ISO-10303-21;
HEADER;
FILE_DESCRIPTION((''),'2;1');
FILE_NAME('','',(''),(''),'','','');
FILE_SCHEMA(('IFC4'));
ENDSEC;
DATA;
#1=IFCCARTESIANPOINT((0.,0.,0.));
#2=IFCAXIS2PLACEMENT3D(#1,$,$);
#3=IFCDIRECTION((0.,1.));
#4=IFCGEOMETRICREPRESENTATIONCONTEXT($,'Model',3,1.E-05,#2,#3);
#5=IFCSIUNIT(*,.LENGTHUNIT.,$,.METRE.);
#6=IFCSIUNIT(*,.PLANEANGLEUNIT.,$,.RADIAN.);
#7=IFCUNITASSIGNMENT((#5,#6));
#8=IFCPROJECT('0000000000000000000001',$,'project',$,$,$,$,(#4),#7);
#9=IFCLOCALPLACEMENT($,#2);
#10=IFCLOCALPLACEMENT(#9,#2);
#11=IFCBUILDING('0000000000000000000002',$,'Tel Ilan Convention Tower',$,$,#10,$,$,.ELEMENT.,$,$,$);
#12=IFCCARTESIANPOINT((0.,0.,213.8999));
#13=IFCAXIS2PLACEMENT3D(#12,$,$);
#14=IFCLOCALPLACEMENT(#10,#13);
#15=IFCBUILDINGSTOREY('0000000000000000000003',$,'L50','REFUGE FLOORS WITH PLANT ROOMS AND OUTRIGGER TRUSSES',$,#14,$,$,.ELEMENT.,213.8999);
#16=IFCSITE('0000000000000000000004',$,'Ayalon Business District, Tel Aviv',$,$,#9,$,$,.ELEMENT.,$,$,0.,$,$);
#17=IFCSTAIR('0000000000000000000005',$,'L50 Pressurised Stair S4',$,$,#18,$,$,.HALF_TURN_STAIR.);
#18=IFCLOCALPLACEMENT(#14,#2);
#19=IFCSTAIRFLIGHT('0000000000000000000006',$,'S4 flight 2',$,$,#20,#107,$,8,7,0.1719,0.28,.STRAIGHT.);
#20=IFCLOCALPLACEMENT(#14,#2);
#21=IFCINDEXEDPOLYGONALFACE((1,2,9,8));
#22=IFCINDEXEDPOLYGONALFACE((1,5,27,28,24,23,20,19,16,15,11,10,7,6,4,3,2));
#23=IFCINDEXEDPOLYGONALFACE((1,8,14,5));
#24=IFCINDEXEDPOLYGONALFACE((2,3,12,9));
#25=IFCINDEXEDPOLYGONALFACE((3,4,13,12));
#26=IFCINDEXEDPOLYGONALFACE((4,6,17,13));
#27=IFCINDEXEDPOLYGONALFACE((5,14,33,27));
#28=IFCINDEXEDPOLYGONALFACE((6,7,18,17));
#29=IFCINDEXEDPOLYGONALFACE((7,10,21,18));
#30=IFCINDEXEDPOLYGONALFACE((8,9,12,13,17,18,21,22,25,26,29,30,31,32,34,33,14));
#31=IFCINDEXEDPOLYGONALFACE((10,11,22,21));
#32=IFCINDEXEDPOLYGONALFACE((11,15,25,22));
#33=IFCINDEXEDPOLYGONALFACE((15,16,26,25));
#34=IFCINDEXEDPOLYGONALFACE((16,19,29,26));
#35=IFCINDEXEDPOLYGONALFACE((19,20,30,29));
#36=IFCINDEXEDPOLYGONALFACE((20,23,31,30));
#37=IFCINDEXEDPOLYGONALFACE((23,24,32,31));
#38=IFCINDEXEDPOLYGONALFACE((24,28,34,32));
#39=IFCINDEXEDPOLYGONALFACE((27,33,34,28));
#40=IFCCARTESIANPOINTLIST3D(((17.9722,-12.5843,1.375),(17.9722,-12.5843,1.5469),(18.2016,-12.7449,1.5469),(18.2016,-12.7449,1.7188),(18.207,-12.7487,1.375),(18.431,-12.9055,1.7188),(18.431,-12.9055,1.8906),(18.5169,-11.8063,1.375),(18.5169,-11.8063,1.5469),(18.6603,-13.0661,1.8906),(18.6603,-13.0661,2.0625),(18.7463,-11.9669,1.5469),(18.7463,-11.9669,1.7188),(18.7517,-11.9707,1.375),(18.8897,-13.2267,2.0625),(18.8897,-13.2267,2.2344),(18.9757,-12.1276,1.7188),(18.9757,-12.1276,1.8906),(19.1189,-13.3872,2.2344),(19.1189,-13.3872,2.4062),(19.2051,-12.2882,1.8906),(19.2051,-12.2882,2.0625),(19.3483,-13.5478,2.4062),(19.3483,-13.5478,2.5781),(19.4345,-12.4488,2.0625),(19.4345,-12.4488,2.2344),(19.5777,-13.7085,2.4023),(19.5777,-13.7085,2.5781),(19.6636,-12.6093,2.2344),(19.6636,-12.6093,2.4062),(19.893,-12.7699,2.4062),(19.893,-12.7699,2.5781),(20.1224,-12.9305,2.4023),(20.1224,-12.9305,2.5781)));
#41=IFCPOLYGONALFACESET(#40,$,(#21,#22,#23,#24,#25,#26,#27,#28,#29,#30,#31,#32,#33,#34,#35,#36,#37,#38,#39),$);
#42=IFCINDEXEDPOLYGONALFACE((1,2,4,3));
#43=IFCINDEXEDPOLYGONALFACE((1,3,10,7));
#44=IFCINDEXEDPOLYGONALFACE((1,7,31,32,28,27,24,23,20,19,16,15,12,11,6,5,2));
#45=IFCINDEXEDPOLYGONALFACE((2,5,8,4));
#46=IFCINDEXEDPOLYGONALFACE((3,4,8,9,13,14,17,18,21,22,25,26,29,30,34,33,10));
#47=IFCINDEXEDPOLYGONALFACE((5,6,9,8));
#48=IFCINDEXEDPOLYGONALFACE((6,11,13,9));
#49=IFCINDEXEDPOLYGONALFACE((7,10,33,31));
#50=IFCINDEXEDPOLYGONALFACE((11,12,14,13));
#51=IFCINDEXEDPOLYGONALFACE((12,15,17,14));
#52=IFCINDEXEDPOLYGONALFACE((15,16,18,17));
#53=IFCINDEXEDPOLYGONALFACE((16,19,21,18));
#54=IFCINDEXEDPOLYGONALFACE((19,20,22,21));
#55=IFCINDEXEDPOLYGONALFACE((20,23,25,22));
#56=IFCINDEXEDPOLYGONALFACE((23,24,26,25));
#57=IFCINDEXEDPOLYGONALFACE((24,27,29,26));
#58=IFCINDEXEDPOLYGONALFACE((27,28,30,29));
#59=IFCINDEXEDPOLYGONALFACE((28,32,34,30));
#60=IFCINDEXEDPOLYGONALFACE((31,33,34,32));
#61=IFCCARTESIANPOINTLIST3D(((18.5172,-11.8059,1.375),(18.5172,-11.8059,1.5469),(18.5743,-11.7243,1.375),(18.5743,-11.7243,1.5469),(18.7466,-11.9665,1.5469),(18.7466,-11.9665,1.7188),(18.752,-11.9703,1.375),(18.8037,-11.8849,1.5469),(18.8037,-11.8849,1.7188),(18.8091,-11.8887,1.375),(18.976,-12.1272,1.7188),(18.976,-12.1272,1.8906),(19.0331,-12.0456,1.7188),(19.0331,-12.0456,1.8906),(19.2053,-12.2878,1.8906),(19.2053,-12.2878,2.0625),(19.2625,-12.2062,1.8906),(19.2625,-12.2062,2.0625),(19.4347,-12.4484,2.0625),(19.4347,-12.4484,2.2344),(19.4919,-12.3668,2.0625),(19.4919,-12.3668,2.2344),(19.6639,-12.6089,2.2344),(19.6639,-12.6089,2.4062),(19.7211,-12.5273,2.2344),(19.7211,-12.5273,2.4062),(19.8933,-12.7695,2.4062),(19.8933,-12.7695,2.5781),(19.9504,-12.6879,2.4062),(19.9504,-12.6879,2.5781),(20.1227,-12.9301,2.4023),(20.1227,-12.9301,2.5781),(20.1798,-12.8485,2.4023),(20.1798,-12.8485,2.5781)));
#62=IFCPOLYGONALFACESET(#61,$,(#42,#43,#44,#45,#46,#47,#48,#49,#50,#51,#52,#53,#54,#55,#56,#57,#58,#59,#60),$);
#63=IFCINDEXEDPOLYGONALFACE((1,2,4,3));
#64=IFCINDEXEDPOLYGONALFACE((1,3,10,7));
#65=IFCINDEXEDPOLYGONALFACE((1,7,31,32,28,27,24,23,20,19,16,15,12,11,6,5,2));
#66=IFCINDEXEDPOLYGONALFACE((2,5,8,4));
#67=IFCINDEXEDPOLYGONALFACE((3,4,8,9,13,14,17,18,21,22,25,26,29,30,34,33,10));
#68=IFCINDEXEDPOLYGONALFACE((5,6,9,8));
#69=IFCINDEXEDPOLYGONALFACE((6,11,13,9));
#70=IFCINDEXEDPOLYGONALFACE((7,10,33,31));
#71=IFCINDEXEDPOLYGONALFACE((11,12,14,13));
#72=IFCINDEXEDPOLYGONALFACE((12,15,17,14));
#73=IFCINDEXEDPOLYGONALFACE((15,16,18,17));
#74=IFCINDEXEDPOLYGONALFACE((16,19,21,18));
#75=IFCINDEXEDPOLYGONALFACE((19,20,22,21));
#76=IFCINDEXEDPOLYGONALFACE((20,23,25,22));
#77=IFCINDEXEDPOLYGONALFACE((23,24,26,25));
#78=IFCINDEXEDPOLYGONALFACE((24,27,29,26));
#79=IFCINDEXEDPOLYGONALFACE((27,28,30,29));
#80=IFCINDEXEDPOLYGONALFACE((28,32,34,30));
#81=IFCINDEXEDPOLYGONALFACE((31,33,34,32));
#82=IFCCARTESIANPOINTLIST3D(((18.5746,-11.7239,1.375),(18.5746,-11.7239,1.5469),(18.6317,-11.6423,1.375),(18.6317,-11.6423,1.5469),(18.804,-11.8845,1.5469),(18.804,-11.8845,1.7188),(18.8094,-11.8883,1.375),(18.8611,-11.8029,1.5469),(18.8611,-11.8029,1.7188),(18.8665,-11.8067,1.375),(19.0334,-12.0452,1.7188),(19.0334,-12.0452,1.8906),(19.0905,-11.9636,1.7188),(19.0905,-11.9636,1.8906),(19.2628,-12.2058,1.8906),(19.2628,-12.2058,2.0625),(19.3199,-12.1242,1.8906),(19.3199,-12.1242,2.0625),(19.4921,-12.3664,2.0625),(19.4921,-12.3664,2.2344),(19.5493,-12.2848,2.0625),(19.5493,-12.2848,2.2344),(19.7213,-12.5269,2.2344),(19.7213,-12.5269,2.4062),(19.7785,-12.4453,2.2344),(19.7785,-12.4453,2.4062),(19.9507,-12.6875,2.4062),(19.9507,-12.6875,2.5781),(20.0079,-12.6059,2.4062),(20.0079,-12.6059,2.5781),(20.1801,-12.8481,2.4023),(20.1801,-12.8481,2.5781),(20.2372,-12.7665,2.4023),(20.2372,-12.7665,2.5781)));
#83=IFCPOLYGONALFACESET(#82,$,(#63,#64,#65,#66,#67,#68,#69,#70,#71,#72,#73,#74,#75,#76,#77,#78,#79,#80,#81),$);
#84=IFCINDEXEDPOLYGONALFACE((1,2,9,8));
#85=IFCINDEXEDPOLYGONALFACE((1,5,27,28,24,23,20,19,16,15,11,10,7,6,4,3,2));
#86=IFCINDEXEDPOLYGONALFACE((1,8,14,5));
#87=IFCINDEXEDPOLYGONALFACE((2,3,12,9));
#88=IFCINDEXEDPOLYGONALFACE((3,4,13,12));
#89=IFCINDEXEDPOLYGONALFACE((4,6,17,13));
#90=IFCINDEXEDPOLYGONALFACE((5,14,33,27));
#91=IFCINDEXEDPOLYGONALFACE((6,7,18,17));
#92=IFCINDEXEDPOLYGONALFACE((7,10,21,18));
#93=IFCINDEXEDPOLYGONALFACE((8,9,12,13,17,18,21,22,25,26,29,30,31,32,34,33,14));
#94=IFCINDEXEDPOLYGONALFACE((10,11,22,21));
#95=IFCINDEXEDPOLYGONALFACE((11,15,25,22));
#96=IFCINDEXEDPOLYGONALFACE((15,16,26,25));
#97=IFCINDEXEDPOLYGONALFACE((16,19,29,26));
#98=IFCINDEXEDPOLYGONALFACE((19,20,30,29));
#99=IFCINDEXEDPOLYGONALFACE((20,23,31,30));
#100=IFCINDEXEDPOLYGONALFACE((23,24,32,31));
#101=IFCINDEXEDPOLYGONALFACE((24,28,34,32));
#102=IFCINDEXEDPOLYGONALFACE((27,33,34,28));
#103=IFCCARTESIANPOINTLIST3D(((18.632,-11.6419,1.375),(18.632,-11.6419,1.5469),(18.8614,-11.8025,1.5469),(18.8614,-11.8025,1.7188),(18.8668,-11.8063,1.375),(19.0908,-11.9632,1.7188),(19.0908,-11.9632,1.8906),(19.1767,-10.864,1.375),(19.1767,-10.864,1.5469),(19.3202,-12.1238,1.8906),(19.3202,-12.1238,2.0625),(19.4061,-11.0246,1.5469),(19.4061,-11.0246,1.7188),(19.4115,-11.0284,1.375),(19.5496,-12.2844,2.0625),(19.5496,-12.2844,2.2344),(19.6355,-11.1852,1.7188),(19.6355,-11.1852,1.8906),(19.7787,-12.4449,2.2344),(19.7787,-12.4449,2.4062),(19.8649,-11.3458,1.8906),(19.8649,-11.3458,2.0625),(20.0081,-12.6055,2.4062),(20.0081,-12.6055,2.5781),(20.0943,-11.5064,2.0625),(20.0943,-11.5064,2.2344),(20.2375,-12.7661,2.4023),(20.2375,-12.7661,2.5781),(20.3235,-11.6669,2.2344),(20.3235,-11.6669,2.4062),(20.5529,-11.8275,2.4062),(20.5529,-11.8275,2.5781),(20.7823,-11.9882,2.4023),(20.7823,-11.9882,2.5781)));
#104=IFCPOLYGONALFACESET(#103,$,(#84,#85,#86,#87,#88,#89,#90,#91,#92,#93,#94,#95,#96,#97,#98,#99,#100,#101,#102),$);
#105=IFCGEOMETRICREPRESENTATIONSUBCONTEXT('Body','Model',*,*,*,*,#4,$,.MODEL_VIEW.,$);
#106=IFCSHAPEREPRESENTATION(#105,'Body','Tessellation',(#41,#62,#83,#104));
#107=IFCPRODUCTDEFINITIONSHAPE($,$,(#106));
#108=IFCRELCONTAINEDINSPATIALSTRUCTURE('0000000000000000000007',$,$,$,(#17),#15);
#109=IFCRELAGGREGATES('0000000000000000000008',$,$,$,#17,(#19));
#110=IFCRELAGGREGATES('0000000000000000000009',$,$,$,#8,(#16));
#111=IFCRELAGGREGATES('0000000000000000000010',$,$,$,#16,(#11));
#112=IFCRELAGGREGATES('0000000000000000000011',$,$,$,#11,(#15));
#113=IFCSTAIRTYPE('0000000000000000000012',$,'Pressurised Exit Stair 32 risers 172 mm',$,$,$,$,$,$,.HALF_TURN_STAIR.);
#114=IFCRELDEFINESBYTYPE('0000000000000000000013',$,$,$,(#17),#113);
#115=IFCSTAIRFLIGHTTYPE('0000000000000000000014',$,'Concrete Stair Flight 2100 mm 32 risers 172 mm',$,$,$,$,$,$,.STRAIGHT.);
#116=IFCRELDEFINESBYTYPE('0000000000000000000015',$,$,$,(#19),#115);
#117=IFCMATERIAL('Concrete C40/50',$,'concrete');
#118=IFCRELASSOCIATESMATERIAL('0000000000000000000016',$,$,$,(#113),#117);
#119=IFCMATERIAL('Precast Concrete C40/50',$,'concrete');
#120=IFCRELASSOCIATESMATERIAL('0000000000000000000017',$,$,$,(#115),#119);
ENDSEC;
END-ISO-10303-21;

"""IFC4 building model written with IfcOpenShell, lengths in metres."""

from ifc_helpers import new_model, si_unit, direction, frame, origin, place, context, subcontext, project, spatial, polyline, outline, extrude, material, type_object, element, aggregate, save


model = new_model("IFC4")

# Units and contexts
model_context = context("Model", 3, precision=1e-05, world=origin(), true_north=direction((0.0, 1.0)))
body_context = subcontext(model_context, "Body", "Model", "MODEL_VIEW")
ifc_project = project(units=[si_unit("LENGTHUNIT", "METRE"), si_unit("PLANEANGLEUNIT", "RADIAN")], contexts=[model_context])

# Site, building, storey
site_placement = place(None, origin())
site = spatial("IfcSite", under=ifc_project, at=site_placement, Name="Ayalon Business District, Tel Aviv", CompositionType="ELEMENT", RefElevation=0.0)
building_placement = place(site_placement, origin())
building = spatial("IfcBuilding", under=site, at=building_placement, Name="Tel Ilan Convention Tower", CompositionType="ELEMENT")
storey_placement = place(building_placement, frame((0.0, 0.0, 213.8999)))
storey = spatial("IfcBuildingStorey", under=building, at=storey_placement, Name="L50", Description="REFUGE FLOORS WITH PLANT ROOMS AND OUTRIGGER TRUSSES", CompositionType="ELEMENT", Elevation=213.8999)

# Stair, stair flight
ifc_material_1 = material(Name="Concrete C40/50", Category="concrete")
stair_type = type_object("IfcStairType", Name="Pressurised Exit Stair 32 risers 172 mm", PredefinedType="HALF_TURN_STAIR", material=ifc_material_1)
ifc_material_2 = material(Name="Precast Concrete C40/50", Category="concrete")
stair_flight_type = type_object("IfcStairFlightType", Name="Concrete Stair Flight 2100 mm 32 risers 172 mm", PredefinedType="STRAIGHT", material=ifc_material_2)
stair_1_placement = place(storey_placement, origin())
stair_1 = element("IfcStair", 1, at=stair_1_placement, inside=storey, type_object=stair_type, Name="L50 Pressurised Stair S4", PredefinedType="HALF_TURN_STAIR")
stair_flight_1_placement = place(storey_placement, frame((18.5745, -11.7241, 1.375), z_axis=(0.0, 0.0, 1.0), x_axis=(0.819152, -0.573576, 0.0)))
stair_flight_1 = element("IfcStairFlight", 2, at=stair_flight_1_placement, type_object=stair_flight_type, Name="S4 flight 2", NumberOfRisers=8, NumberOfTreads=7, PredefinedType="STRAIGHT", RiserHeight=0.1719, TreadLength=0.28, context=body_context, shape_type="SweptSolid", body=[
    extrude(outline(polyline([(0.0, 0.0), (0.0, 0.1719), (0.28, 0.1719), (0.28, 0.3438), (0.5601, 0.3438), (0.5601, 0.5156), (0.8401, 0.5156), (0.8401, 0.6875), (1.1201, 0.6875), (1.1201, 0.8594), (1.3999, 0.8594), (1.3999, 1.0312), (1.6799, 1.0312), (1.6799, 1.2031), (1.96, 1.2031), (1.96, 1.375), (1.96, 1.0273), (0.2866, 0.0), (0.0, 0.0)])), frame((0.0, -0.1003, 0.0), z_axis=(0.0, -1.0, 0.0), x_axis=(1.0, 0.0, 0.0)), (0.0, 0.0, 1.0), 0.9497),
    extrude(outline(polyline([(0.0, 0.0), (0.0, 0.1719), (0.28, 0.1719), (0.28, 0.3438), (0.5601, 0.3438), (0.5601, 0.5156), (0.8401, 0.5156), (0.8401, 0.6875), (1.1201, 0.6875), (1.1201, 0.8594), (1.3999, 0.8594), (1.3999, 1.0312), (1.6799, 1.0312), (1.6799, 1.2031), (1.96, 1.2031), (1.96, 1.375), (1.96, 1.0273), (0.2866, 0.0), (0.0, 0.0)])), frame((0.0, -0.0002, 0.0), z_axis=(0.0, -1.0, 0.0), x_axis=(1.0, 0.0, 0.0)), (0.0, 0.0, 1.0), 0.0996),
    extrude(outline(polyline([(0.0, 0.0), (0.0, 0.1719), (0.28, 0.1719), (0.28, 0.3438), (0.5601, 0.3438), (0.5601, 0.5156), (0.8401, 0.5156), (0.8401, 0.6875), (1.1201, 0.6875), (1.1201, 0.8594), (1.3999, 0.8594), (1.3999, 1.0312), (1.6799, 1.0312), (1.6799, 1.2031), (1.96, 1.2031), (1.96, 1.375), (1.96, 1.0273), (0.2866, 0.0), (0.0, 0.0)])), frame((0.0, 0.0999, 0.0), z_axis=(0.0, -1.0, 0.0), x_axis=(1.0, 0.0, 0.0)), (0.0, 0.0, 1.0), 0.0996),
    extrude(outline(polyline([(0.0, 0.0), (0.0, 0.1719), (0.28, 0.1719), (0.28, 0.3438), (0.5601, 0.3438), (0.5601, 0.5156), (0.8401, 0.5156), (0.8401, 0.6875), (1.1201, 0.6875), (1.1201, 0.8594), (1.3999, 0.8594), (1.3999, 1.0312), (1.6799, 1.0312), (1.6799, 1.2031), (1.96, 1.2031), (1.96, 1.375), (1.96, 1.0273), (0.2866, 0.0), (0.0, 0.0)])), frame((0.0, 1.05, 0.0), z_axis=(0.0, -1.0, 0.0), x_axis=(1.0, 0.0, 0.0)), (0.0, 0.0, 1.0), 0.9497),
])
aggregate(stair_1, [stair_flight_1])

save(model, "model.ifc")
